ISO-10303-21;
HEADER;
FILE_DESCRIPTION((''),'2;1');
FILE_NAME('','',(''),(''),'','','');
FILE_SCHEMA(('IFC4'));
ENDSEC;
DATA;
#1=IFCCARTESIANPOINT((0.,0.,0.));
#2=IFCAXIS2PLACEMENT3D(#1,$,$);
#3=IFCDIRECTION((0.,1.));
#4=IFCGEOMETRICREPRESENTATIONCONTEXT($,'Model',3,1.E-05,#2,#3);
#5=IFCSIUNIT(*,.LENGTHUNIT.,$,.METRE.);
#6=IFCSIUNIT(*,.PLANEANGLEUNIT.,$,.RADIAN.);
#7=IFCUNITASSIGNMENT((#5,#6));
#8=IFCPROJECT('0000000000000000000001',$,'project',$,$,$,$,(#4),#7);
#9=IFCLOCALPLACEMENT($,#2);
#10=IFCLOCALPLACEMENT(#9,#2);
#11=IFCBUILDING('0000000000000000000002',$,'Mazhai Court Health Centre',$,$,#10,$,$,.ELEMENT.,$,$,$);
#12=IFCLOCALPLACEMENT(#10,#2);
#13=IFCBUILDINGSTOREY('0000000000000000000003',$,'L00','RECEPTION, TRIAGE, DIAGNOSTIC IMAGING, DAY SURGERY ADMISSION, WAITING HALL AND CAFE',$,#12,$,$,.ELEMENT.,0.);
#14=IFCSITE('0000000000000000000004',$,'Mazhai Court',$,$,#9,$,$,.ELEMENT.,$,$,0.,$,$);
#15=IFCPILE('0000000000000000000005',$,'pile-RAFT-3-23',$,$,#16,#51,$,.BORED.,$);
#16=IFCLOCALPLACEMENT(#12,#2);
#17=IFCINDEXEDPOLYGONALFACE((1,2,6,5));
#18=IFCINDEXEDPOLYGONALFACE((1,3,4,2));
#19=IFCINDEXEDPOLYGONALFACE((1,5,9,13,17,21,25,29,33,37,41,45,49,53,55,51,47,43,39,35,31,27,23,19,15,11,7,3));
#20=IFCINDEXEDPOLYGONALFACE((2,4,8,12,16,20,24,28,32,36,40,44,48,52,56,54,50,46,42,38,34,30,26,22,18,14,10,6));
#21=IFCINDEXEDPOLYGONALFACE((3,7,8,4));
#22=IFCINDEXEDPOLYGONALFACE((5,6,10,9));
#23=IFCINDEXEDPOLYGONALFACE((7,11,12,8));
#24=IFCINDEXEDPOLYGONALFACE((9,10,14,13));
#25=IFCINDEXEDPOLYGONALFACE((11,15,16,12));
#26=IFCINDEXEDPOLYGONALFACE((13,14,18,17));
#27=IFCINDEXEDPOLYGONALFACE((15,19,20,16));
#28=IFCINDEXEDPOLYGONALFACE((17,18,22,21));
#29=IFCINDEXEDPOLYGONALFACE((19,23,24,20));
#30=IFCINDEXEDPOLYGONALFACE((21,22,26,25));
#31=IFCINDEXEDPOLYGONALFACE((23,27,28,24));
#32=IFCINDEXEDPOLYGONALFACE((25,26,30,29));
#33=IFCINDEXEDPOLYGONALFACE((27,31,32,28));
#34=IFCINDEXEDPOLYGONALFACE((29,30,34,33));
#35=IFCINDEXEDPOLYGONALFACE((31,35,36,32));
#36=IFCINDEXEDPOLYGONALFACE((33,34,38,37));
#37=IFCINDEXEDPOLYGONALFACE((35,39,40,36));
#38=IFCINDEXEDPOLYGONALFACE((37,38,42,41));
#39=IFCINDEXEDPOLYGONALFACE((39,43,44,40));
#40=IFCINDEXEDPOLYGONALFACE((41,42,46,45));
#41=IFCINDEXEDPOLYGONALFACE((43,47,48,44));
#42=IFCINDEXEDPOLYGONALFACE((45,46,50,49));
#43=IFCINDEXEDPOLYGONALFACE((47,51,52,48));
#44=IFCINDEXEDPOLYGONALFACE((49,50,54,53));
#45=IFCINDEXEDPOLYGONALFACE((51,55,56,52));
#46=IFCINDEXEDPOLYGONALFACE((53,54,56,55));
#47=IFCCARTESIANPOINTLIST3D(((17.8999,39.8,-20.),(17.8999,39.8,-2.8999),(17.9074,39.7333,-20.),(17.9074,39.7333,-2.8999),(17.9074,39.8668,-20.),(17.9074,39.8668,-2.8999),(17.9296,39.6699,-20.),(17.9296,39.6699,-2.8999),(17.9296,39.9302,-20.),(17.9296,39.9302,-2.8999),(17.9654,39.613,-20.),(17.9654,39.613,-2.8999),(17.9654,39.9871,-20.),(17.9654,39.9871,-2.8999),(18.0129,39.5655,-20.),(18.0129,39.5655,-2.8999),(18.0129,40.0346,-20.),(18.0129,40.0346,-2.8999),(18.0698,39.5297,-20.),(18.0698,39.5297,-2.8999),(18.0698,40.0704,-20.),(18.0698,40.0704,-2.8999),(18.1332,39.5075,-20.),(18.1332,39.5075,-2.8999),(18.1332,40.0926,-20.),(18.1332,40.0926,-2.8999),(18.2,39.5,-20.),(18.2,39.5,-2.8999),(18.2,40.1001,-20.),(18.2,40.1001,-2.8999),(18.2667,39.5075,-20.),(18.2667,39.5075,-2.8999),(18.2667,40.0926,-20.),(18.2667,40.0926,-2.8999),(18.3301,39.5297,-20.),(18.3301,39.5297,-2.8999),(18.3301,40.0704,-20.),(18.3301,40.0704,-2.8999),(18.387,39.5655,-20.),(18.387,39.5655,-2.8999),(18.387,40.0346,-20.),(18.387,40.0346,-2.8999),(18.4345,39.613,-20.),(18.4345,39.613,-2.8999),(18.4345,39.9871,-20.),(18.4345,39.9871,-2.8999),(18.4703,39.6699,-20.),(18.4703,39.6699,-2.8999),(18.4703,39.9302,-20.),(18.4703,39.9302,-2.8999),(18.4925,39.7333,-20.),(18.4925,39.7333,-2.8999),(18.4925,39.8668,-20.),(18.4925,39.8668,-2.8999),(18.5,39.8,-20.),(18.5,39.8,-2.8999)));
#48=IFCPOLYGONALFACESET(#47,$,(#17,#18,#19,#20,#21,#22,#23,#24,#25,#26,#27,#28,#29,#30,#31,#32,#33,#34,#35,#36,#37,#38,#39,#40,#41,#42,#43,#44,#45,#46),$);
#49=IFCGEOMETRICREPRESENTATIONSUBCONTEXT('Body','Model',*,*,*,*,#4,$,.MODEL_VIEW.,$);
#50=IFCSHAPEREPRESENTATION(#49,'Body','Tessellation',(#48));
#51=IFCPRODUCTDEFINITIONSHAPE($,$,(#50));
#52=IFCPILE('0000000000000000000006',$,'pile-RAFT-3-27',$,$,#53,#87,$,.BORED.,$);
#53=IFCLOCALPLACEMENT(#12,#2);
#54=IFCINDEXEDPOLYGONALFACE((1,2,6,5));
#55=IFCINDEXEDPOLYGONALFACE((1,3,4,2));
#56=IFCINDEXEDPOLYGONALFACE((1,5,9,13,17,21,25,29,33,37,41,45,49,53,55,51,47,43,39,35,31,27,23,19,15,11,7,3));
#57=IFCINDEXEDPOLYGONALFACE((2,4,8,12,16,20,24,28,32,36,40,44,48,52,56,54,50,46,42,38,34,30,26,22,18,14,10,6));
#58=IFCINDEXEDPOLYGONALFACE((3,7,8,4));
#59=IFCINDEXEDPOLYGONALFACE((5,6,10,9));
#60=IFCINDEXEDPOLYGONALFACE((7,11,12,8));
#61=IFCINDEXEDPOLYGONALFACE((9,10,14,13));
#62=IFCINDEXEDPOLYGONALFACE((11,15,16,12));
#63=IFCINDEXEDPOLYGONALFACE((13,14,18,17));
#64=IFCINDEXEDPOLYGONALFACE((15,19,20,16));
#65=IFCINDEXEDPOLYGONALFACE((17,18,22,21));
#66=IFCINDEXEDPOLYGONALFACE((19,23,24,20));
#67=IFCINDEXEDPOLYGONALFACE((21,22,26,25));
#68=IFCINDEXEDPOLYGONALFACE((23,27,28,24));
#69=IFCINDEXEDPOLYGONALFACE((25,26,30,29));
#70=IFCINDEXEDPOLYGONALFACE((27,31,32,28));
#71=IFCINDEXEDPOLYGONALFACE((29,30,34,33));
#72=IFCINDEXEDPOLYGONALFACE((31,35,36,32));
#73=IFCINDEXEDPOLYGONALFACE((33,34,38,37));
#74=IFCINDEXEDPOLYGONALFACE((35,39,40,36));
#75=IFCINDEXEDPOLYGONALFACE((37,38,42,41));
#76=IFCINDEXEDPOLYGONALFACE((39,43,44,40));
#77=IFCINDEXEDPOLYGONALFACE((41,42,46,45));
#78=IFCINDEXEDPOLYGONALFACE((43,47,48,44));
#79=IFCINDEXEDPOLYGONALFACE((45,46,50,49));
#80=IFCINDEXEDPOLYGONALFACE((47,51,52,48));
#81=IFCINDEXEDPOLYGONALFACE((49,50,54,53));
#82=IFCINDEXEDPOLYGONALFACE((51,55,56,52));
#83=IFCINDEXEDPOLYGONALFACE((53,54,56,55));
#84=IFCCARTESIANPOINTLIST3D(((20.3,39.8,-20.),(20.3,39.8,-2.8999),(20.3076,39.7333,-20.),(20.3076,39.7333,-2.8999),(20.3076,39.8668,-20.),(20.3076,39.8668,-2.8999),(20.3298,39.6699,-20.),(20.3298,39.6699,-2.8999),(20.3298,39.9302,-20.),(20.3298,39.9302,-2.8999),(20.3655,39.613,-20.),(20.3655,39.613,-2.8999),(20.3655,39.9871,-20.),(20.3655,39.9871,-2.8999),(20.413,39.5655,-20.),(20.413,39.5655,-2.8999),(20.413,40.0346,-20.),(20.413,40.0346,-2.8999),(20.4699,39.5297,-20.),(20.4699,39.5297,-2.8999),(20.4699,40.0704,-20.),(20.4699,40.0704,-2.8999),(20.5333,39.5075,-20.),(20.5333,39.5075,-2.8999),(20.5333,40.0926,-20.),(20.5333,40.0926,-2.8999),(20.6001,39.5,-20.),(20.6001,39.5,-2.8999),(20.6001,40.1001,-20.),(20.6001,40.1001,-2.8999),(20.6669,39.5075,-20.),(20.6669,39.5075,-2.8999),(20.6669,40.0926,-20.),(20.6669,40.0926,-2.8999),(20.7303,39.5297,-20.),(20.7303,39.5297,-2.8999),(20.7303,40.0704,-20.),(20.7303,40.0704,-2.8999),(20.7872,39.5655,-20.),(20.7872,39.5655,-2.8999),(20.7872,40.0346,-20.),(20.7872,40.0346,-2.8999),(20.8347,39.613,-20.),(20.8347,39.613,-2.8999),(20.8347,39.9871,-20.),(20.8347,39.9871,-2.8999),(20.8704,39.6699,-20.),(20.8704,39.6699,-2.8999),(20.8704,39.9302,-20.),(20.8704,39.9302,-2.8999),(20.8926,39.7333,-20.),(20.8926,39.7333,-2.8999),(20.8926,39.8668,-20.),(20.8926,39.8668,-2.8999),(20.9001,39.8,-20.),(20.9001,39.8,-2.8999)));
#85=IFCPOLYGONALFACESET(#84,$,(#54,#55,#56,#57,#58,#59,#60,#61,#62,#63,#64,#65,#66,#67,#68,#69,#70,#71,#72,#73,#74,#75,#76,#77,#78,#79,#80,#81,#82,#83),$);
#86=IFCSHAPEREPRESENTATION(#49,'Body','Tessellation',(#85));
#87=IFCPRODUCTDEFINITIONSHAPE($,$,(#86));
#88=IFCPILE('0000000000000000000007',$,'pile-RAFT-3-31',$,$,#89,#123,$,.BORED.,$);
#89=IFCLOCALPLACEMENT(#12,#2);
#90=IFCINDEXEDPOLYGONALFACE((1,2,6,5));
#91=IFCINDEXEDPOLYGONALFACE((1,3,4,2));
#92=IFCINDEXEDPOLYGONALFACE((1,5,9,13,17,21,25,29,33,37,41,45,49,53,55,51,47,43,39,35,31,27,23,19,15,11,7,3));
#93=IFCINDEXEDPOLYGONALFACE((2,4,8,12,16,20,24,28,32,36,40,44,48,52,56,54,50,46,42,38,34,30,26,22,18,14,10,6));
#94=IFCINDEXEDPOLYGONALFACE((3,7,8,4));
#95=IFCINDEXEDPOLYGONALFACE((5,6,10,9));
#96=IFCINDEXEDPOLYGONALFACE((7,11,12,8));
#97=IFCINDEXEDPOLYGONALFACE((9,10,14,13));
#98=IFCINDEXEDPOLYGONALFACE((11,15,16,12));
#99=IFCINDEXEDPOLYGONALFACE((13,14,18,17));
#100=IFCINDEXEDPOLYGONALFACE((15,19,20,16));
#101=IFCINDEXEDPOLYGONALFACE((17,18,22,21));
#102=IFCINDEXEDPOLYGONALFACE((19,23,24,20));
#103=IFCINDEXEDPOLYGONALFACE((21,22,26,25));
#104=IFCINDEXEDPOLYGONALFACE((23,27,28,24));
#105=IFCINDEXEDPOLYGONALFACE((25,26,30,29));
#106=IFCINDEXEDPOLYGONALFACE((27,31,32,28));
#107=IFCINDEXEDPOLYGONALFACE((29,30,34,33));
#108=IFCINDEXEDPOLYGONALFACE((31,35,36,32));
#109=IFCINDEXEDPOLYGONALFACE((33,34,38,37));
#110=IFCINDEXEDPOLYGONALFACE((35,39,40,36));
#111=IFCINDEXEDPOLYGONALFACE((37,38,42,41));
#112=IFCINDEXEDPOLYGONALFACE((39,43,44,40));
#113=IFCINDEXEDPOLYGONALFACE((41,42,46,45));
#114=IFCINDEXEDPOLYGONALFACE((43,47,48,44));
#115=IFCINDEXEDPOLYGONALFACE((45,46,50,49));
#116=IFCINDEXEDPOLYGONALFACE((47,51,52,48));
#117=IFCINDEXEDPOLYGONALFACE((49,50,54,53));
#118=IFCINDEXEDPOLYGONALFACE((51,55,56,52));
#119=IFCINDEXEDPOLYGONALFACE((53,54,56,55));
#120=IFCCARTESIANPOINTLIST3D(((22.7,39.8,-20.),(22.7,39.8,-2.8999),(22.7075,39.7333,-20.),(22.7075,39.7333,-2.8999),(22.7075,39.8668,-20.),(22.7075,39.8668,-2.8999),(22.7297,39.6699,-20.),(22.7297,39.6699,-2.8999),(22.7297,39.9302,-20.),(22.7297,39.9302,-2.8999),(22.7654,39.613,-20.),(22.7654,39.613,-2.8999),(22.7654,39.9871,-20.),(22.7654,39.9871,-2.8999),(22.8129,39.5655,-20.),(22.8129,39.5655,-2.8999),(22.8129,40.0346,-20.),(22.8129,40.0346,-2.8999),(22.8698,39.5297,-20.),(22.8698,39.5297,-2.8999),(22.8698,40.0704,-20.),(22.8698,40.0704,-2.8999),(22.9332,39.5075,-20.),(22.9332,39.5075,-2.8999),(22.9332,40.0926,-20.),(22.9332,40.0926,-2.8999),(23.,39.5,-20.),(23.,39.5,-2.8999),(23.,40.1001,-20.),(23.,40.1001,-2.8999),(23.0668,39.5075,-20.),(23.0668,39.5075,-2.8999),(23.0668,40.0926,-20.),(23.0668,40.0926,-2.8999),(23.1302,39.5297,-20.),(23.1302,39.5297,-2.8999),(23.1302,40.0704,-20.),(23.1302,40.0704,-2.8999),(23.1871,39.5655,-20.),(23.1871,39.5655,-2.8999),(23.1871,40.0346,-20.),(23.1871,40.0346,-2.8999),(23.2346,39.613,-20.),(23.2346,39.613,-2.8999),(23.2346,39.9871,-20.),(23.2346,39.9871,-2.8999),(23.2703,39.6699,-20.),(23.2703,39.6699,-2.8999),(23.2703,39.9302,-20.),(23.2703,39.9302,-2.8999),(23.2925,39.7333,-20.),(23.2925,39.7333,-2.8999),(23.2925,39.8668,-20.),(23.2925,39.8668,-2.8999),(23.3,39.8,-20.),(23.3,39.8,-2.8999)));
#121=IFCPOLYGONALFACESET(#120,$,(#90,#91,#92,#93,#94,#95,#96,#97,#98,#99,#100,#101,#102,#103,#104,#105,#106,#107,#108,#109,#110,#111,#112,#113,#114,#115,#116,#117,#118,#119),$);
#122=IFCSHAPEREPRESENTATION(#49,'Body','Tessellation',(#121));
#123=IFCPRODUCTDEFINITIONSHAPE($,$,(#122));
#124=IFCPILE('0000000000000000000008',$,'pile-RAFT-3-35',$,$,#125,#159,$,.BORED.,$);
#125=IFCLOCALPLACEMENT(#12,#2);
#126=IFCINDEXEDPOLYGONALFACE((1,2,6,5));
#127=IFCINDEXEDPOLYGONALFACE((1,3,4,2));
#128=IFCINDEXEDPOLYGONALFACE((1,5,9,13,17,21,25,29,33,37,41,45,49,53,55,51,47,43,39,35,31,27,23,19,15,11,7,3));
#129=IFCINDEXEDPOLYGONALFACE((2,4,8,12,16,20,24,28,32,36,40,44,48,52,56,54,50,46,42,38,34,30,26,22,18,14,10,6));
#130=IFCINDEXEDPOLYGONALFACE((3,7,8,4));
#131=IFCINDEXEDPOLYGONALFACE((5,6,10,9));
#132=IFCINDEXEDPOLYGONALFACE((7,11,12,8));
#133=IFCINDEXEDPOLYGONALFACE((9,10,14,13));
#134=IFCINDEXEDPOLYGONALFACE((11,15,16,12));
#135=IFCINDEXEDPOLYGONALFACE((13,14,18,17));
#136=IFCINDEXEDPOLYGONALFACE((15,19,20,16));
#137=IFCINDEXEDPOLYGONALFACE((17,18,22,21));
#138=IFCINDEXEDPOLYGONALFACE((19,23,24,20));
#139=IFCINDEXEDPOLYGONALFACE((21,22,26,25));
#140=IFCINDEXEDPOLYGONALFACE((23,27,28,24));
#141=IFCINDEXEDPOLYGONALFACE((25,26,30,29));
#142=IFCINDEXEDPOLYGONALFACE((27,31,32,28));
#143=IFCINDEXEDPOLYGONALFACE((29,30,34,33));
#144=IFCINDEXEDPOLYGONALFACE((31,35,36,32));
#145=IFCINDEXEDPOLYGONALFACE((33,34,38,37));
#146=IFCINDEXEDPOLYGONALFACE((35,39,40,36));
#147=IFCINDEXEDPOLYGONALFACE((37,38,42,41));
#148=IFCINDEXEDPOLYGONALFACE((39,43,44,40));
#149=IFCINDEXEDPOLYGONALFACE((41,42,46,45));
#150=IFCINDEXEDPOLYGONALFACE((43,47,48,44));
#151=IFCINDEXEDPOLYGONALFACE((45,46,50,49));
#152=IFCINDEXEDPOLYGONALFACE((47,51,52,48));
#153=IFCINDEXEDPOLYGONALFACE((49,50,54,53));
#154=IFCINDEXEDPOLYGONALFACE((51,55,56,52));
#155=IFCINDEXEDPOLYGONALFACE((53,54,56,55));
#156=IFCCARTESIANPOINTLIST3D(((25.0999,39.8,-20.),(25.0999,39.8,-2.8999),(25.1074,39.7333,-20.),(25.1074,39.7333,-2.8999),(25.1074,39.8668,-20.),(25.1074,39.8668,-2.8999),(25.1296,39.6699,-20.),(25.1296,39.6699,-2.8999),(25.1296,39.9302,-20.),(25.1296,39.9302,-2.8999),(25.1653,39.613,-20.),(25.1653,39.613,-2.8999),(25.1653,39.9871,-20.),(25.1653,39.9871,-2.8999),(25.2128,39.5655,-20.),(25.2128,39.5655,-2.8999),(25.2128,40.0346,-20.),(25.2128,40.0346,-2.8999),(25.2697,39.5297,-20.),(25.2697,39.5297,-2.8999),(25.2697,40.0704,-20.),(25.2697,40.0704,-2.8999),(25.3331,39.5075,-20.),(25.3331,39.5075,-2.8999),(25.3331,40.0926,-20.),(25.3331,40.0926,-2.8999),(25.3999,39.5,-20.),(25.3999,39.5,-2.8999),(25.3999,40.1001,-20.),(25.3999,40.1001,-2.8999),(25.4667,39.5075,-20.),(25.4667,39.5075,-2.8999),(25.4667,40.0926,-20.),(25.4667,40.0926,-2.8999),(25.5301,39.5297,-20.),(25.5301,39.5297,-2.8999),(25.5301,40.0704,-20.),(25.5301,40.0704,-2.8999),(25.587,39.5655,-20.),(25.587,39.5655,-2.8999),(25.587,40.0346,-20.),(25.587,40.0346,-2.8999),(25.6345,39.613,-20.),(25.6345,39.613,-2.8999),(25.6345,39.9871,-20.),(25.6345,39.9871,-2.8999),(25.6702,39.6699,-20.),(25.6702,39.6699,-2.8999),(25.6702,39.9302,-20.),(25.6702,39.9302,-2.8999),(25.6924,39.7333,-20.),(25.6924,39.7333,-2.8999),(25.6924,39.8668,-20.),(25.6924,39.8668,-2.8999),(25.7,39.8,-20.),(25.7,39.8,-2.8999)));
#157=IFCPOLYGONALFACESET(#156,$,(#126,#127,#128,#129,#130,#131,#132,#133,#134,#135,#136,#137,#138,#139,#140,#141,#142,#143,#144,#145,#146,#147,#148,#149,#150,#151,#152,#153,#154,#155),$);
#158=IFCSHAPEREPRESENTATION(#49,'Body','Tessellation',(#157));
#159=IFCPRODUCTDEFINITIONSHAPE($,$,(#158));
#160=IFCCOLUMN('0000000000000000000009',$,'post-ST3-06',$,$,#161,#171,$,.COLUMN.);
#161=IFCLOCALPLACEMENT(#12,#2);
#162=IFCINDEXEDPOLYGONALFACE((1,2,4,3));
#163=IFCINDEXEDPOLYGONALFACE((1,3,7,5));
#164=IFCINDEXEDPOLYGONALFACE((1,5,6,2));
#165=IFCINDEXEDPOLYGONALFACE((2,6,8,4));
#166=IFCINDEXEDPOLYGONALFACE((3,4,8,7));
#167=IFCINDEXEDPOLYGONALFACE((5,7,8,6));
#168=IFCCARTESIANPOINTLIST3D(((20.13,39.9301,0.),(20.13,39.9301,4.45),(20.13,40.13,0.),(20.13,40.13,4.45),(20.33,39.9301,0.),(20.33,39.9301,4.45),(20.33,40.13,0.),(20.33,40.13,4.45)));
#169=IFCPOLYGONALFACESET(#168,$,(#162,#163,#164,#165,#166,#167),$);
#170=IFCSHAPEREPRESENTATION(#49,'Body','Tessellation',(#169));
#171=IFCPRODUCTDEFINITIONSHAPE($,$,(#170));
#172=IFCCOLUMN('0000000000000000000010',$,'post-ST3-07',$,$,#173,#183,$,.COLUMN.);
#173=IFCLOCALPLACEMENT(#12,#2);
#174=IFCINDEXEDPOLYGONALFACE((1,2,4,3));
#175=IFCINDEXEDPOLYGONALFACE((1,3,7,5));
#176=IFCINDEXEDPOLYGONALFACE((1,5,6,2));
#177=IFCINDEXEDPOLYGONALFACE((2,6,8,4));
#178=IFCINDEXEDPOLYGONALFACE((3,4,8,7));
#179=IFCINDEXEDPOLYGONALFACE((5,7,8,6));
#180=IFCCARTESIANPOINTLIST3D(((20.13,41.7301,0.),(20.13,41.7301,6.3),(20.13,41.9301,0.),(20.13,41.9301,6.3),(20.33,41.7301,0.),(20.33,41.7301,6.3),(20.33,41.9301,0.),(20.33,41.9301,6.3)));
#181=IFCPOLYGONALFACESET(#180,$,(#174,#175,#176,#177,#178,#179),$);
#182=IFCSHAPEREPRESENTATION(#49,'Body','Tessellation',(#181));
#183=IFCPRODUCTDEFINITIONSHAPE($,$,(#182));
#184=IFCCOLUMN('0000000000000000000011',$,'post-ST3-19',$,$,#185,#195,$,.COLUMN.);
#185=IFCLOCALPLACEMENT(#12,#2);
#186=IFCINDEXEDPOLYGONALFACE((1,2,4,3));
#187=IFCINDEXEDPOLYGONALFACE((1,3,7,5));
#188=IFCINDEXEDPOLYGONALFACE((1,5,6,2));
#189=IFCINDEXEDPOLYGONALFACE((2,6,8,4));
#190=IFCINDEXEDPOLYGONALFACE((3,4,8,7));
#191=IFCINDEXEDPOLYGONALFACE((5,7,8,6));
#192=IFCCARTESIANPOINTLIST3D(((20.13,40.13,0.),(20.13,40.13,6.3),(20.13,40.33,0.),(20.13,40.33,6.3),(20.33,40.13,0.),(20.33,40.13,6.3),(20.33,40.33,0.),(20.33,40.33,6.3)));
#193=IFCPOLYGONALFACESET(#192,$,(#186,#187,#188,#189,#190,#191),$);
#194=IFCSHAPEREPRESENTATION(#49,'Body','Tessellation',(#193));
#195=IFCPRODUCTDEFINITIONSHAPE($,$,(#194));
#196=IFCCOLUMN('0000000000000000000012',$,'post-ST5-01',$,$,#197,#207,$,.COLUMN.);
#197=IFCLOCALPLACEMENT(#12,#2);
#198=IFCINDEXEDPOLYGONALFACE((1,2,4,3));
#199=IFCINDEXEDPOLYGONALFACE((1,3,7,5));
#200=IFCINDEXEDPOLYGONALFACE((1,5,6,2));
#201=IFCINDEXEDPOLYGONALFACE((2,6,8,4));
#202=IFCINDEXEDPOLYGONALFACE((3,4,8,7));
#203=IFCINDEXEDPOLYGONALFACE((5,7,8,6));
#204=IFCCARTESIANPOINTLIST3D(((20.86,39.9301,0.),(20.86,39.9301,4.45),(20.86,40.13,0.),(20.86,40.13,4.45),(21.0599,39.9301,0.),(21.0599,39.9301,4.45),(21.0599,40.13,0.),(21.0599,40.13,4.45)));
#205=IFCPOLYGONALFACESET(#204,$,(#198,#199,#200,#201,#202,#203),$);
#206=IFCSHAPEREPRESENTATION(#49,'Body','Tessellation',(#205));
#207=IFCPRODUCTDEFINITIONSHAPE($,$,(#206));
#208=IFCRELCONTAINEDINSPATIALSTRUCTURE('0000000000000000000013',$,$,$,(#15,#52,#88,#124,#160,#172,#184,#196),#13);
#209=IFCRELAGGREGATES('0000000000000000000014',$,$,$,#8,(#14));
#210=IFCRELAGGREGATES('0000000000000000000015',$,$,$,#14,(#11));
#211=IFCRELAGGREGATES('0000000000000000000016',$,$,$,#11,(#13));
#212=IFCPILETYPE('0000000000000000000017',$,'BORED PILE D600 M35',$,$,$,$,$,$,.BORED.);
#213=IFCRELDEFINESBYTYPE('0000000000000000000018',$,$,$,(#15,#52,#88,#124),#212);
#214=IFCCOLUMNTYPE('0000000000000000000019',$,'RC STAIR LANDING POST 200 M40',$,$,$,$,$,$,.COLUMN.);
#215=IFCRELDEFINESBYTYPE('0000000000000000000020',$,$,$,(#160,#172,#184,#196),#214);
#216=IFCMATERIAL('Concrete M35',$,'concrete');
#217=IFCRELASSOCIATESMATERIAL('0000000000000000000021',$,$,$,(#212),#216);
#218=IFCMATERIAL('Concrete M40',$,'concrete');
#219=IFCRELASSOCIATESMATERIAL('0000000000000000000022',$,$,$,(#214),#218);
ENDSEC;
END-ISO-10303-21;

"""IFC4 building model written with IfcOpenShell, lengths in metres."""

from ifc_helpers import new_model, si_unit, direction, frame, origin, origin_2d, place, context, subcontext, project, spatial, rectangle, circle, extrude, material, material_profile, profile_set, type_object, element, save


model = new_model("IFC4")

# Units and contexts
model_context = context("Model", 3, precision=1e-05, world=origin(), true_north=direction((0.0, 1.0)))
body_context = subcontext(model_context, "Body", "Model", "MODEL_VIEW")
ifc_project = project(units=[si_unit("LENGTHUNIT", "METRE"), si_unit("PLANEANGLEUNIT", "RADIAN")], contexts=[model_context])

# Site, building, storey
site_placement = place(None, origin())
site = spatial("IfcSite", under=ifc_project, at=site_placement, Name="Mazhai Court", CompositionType="ELEMENT", RefElevation=0.0)
building_placement = place(site_placement, origin())
building = spatial("IfcBuilding", under=site, at=building_placement, Name="Mazhai Court Health Centre", CompositionType="ELEMENT")
storey_placement = place(building_placement, origin())
storey = spatial("IfcBuildingStorey", under=building, at=storey_placement, Name="L00", Description="RECEPTION, TRIAGE, DIAGNOSTIC IMAGING, DAY SURGERY ADMISSION, WAITING HALL AND CAFE", CompositionType="ELEMENT", Elevation=0.0)

# Piles
ifc_material_1 = material(Name="Concrete M35", Category="concrete")
ifc_material_profile_1 = material_profile(ifc_material_1, circle(Radius=0.3, at=origin_2d()), Name="RC PILE D600")
ifc_profile_set_1 = profile_set([ifc_material_profile_1], Name="Concrete M35")
pile_type = type_object("IfcPileType", Name="BORED PILE D600 M35", PredefinedType="BORED", material=ifc_profile_set_1)
for number, where, z_axis, x_axis, name in (
    (1, (18.2, 39.8, -2.8999), (0.0, 0.0, -1.0), (1.0, 0.0, 0.0), "pile-RAFT-3-23"),
    (2, (20.6001, 39.8, -2.8999), (0.0, 0.0, -1.0), (1.0, 0.0, 0.0), "pile-RAFT-3-27"),
    (3, (23.0, 39.8, -2.8999), (0.0, 0.0, -1.0), (1.0, 0.0, 0.0), "pile-RAFT-3-31"),
    (4, (25.3999, 39.8, -2.8999), (0.0, 0.0, -1.0), (1.0, 0.0, 0.0), "pile-RAFT-3-35"),
):
    element("IfcPile", number, at=place(storey_placement, frame(where, z_axis=z_axis, x_axis=x_axis)), inside=storey, type_object=pile_type, Name=name, PredefinedType="BORED", context=body_context, shape_type="SweptSolid", body=[
        extrude(circle(Radius=0.3, at=origin_2d()), origin(), (0.0, 0.0, 1.0), 17.1001),
    ])

# Columns
ifc_material_2 = material(Name="Concrete M40", Category="concrete")
ifc_material_profile_2 = material_profile(ifc_material_2, rectangle(XDim=0.2, YDim=0.2, at=origin_2d()), Name="RC 200x200")
ifc_profile_set_2 = profile_set([ifc_material_profile_2], Name="Concrete M40")
column_type = type_object("IfcColumnType", Name="RC STAIR LANDING POST 200 M40", PredefinedType="COLUMN", material=ifc_profile_set_2)
column_1_placement = place(storey_placement, frame((20.23, 40.03, 0.0), z_axis=(0.0, 0.0, 1.0), x_axis=(1.0, 0.0, 0.0)))
element("IfcColumn", 5, at=column_1_placement, inside=storey, type_object=column_type, Name="post-ST3-06", PredefinedType="COLUMN", context=body_context, shape_type="SweptSolid", body=[
    extrude(rectangle(XDim=0.2, YDim=0.2, at=origin_2d()), origin(), (0.0, 0.0, 1.0), 4.45),
])
for number, where, z_axis, x_axis, name in (
    (6, (20.23, 41.8301, 0.0), (0.0, 0.0, 1.0), (1.0, 0.0, 0.0), "post-ST3-07"),
    (7, (20.23, 40.23, 0.0), (0.0, 0.0, 1.0), (1.0, 0.0, 0.0), "post-ST3-19"),
):
    element("IfcColumn", number, at=place(storey_placement, frame(where, z_axis=z_axis, x_axis=x_axis)), inside=storey, type_object=column_type, Name=name, PredefinedType="COLUMN", context=body_context, shape_type="SweptSolid", body=[
        extrude(rectangle(XDim=0.2, YDim=0.2, at=origin_2d()), origin(), (0.0, 0.0, 1.0), 6.3),
    ])
column_2_placement = place(storey_placement, frame((20.96, 40.03, 0.0), z_axis=(0.0, 0.0, 1.0), x_axis=(1.0, 0.0, 0.0)))
element("IfcColumn", 8, at=column_2_placement, inside=storey, type_object=column_type, Name="post-ST5-01", PredefinedType="COLUMN", context=body_context, shape_type="SweptSolid", body=[
    extrude(rectangle(XDim=0.2, YDim=0.2, at=origin_2d()), origin(), (0.0, 0.0, 1.0), 4.45),
])

save(model, "model.ifc")
